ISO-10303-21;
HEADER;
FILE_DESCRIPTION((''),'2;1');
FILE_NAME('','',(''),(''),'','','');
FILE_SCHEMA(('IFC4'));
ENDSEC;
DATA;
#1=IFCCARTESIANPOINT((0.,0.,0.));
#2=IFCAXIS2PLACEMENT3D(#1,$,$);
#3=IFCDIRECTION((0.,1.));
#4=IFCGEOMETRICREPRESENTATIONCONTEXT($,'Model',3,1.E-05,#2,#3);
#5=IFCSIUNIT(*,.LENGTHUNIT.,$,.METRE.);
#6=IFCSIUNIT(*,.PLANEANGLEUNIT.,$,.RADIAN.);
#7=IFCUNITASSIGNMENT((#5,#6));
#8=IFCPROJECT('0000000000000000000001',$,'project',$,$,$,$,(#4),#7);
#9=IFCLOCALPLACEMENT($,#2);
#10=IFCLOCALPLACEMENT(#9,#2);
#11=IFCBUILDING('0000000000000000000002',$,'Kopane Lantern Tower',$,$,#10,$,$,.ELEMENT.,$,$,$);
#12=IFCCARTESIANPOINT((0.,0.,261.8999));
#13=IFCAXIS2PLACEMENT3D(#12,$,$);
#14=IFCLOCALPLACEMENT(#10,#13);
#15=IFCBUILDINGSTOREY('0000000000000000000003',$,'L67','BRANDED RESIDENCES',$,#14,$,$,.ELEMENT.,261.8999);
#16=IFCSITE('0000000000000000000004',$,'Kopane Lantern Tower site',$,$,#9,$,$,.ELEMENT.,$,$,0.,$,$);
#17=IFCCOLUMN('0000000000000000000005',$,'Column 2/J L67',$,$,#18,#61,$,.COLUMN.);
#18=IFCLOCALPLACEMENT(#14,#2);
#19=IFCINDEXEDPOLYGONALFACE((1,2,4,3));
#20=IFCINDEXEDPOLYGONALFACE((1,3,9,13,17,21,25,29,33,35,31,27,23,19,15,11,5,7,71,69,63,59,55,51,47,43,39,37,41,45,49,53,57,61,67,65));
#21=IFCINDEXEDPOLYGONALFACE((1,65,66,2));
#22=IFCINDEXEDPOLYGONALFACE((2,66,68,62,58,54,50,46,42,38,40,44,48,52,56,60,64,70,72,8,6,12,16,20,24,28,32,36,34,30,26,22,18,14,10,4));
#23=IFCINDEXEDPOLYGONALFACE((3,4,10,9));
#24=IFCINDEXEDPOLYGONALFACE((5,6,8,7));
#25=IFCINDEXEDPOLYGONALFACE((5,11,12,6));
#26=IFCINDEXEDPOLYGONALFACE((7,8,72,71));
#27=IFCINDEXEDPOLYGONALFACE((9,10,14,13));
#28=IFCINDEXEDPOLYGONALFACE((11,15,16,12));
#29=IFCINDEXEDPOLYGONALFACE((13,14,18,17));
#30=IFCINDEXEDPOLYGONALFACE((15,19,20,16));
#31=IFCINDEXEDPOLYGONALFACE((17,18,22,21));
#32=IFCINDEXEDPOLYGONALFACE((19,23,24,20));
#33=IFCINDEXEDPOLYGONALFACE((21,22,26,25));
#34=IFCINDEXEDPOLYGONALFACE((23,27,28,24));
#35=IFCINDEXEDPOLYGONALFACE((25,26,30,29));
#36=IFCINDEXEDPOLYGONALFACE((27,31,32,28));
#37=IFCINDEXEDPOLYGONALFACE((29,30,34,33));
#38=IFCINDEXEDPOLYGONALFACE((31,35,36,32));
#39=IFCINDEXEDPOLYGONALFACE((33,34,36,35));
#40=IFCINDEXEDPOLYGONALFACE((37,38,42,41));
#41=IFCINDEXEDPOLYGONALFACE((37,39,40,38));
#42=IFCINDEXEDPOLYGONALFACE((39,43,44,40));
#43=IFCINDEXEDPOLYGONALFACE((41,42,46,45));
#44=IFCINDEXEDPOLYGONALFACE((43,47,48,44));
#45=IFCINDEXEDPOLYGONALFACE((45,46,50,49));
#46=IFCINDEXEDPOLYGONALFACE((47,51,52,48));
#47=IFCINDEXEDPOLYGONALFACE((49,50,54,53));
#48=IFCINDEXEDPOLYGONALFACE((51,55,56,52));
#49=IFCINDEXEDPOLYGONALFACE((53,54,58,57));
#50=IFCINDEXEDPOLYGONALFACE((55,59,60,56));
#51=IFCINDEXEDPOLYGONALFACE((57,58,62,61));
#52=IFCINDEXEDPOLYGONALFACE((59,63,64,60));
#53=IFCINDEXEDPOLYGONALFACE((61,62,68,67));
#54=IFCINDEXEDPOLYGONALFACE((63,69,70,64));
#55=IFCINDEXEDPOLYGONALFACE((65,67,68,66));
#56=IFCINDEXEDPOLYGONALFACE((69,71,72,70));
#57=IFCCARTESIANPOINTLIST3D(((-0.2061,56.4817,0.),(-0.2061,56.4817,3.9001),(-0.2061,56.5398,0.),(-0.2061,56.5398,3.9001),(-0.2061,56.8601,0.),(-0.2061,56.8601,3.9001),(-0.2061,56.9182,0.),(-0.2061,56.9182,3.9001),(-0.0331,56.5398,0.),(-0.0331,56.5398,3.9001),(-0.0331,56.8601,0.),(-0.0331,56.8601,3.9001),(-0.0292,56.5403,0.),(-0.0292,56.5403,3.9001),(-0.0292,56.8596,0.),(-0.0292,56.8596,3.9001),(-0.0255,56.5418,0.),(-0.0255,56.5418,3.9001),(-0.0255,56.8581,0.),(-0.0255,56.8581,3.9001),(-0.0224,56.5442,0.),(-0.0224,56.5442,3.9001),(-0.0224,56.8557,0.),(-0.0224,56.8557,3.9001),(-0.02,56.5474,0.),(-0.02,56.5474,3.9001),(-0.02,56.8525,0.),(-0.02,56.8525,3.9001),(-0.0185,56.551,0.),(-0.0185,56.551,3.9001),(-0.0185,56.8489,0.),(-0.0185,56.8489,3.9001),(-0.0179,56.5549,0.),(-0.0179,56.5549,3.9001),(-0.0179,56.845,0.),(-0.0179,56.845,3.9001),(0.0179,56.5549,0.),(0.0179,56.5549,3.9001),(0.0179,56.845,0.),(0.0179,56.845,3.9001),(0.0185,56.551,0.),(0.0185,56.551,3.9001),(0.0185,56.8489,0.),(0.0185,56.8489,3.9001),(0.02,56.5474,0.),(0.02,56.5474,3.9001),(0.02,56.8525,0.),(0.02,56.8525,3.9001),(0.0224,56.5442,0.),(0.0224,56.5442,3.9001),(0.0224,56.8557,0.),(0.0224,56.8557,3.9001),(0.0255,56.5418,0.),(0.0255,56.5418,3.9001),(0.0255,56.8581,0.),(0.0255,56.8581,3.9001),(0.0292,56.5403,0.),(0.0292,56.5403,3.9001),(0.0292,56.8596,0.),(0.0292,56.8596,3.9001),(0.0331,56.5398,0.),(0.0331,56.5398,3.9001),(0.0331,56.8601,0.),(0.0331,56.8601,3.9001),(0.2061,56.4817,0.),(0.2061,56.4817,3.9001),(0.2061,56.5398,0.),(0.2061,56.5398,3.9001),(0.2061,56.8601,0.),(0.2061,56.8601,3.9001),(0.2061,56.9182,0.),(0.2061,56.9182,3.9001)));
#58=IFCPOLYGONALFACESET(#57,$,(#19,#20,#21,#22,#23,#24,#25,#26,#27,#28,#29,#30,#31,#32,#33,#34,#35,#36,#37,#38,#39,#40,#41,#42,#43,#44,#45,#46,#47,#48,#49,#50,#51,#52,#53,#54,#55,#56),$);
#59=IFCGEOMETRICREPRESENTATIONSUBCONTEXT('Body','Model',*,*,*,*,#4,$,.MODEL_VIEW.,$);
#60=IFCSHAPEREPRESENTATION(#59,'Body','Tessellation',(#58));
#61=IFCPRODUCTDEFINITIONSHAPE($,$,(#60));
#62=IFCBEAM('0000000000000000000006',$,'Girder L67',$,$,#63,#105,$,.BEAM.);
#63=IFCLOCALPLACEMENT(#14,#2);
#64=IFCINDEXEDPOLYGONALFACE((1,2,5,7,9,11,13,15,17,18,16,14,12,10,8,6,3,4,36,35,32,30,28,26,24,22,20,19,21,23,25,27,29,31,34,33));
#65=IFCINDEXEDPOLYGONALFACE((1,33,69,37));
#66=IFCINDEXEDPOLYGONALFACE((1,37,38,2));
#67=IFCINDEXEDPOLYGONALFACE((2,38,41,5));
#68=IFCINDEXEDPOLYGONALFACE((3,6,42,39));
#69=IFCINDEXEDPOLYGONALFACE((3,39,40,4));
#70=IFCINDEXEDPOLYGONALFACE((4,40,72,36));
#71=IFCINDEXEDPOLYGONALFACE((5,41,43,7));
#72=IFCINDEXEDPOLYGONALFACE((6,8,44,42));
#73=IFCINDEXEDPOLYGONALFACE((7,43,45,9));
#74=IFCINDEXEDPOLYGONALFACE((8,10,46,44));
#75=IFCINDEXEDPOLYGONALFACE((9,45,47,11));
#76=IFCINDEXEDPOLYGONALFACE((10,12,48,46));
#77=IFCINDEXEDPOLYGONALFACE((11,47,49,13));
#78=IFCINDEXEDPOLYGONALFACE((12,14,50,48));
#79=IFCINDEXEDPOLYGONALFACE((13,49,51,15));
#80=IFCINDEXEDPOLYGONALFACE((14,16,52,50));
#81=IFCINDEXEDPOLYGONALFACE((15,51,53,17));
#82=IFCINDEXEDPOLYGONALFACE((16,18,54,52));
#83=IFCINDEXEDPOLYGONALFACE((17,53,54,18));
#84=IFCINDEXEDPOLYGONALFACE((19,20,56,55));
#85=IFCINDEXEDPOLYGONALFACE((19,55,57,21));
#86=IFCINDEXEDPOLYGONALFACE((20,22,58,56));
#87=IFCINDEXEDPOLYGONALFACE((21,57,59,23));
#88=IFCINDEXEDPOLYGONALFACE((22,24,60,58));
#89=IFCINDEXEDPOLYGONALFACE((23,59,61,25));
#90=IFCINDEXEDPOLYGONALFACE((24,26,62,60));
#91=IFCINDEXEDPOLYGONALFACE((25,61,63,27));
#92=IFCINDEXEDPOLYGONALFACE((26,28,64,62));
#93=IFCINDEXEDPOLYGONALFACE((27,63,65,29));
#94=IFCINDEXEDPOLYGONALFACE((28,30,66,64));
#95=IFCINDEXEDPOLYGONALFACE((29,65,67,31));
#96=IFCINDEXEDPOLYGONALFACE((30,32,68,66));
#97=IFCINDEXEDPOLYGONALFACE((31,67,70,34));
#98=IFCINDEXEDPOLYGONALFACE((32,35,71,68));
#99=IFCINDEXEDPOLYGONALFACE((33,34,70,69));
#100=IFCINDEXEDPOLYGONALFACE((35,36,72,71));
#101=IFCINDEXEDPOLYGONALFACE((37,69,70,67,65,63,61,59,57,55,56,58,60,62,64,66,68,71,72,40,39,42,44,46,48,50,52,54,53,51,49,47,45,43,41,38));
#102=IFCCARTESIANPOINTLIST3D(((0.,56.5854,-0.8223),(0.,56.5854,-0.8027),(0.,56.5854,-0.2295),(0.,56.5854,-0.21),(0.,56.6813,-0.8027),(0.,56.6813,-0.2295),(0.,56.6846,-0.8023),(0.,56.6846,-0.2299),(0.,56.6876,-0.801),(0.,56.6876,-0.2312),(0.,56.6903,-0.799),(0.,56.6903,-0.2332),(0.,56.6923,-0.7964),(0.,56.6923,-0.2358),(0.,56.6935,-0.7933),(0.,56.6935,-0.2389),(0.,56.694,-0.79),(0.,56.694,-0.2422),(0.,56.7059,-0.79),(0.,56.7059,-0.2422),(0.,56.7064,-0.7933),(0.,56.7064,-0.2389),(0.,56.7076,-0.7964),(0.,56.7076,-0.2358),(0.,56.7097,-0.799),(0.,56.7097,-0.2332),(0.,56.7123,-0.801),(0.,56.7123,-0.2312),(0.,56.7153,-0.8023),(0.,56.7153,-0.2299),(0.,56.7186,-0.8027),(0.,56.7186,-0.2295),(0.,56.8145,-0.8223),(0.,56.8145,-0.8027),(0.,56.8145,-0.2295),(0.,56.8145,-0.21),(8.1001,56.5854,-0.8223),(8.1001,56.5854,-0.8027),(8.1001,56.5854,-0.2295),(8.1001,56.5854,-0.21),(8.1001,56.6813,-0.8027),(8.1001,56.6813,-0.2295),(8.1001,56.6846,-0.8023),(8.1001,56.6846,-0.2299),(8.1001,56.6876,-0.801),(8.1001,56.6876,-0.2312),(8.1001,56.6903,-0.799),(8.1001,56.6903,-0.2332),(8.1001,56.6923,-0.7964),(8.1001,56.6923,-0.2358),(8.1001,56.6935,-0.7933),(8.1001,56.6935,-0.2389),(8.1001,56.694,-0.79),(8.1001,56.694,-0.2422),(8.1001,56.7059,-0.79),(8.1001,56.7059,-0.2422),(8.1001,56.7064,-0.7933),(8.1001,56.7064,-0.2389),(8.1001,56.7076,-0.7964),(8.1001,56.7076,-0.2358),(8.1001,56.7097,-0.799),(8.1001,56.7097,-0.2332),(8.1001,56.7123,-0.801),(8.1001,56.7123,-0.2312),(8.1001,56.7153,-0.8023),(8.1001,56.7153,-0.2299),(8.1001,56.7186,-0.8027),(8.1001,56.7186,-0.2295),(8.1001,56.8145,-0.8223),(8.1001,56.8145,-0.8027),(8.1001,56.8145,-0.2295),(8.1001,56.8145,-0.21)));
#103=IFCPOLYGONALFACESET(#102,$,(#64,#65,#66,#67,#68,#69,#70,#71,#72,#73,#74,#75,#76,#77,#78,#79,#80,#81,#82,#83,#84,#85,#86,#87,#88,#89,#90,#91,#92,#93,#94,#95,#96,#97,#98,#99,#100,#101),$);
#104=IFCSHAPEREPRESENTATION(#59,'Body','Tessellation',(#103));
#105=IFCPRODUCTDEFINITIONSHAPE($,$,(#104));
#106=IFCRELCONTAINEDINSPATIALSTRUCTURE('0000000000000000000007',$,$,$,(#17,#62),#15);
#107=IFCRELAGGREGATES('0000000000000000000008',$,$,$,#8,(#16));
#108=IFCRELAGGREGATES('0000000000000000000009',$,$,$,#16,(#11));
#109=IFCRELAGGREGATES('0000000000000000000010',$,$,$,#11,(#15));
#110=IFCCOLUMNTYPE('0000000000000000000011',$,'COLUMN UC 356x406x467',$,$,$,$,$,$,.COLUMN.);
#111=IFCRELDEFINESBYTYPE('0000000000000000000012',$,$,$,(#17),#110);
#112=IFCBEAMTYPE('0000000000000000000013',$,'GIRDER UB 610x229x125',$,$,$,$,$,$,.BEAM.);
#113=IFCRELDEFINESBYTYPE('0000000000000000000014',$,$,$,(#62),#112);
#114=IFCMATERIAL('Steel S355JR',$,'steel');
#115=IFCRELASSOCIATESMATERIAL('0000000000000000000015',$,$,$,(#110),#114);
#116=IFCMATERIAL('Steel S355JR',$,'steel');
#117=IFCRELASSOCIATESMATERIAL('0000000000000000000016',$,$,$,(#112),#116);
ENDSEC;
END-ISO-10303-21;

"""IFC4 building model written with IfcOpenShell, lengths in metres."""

from ifc_helpers import new_model, si_unit, direction, frame, origin, origin_2d, place, context, subcontext, project, spatial, i_section, extrude, material, material_profile, profile_set, type_object, element, save


model = new_model("IFC4")

# Units and contexts
model_context = context("Model", 3, precision=1e-05, world=origin(), true_north=direction((0.0, 1.0)))
body_context = subcontext(model_context, "Body", "Model", "MODEL_VIEW")
ifc_project = project(units=[si_unit("LENGTHUNIT", "METRE"), si_unit("PLANEANGLEUNIT", "RADIAN")], contexts=[model_context])

# Site, building, storey
site_placement = place(None, origin())
site = spatial("IfcSite", under=ifc_project, at=site_placement, Name="Kopane Lantern Tower site", CompositionType="ELEMENT", RefElevation=0.0)
building_placement = place(site_placement, origin())
building = spatial("IfcBuilding", under=site, at=building_placement, Name="Kopane Lantern Tower", CompositionType="ELEMENT")
storey_placement = place(building_placement, frame((0.0, 0.0, 261.8999)))
storey = spatial("IfcBuildingStorey", under=building, at=storey_placement, Name="L67", Description="BRANDED RESIDENCES", CompositionType="ELEMENT", Elevation=261.8999)

# Column
ifc_material_1 = material(Name="Steel S355JR", Category="steel")
ifc_material_profile_1 = material_profile(ifc_material_1, i_section(OverallWidth=0.4121, OverallDepth=0.4365, WebThickness=0.0359, FlangeThickness=0.0581, FilletRadius=0.0151, at=origin_2d()), Name="UC 356x406x467")
ifc_profile_set_1 = profile_set([ifc_material_profile_1], Name="Steel S355JR")
column_type = type_object("IfcColumnType", Name="COLUMN UC 356x406x467", PredefinedType="COLUMN", material=ifc_profile_set_1)
column_placement = place(storey_placement, frame((0.0, 56.7, 0.0), z_axis=(0.0, 0.0, 1.0), x_axis=(1.0, 0.0, 0.0)))
element("IfcColumn", 1, at=column_placement, inside=storey, type_object=column_type, Name="Column 2/J L67", PredefinedType="COLUMN", context=body_context, shape_type="SweptSolid", body=[
    extrude(i_section(OverallWidth=0.4121, OverallDepth=0.4365, WebThickness=0.0359, FlangeThickness=0.0581, FilletRadius=0.0151, at=origin_2d()), origin(), (0.0, 0.0, 1.0), 3.9001),
])

# Beam
ifc_material_2 = material(Name="Steel S355JR", Category="steel")
ifc_material_profile_2 = material_profile(ifc_material_2, i_section(OverallWidth=0.229, OverallDepth=0.6123, WebThickness=0.012, FlangeThickness=0.0195, FilletRadius=0.0127, at=origin_2d()), Name="UB 610x229x125")
ifc_profile_set_2 = profile_set([ifc_material_profile_2], Name="Steel S355JR")
beam_type = type_object("IfcBeamType", Name="GIRDER UB 610x229x125", PredefinedType="BEAM", material=ifc_profile_set_2)
beam_placement = place(storey_placement, frame((0.0, 56.7, -0.5161), z_axis=(1.0, 0.0, 0.0), x_axis=(0.0, 1.0, 0.0)))
element("IfcBeam", 2, at=beam_placement, inside=storey, type_object=beam_type, Name="Girder L67", PredefinedType="BEAM", context=body_context, shape_type="SweptSolid", body=[
    extrude(i_section(OverallWidth=0.229, OverallDepth=0.6123, WebThickness=0.012, FlangeThickness=0.0195, FilletRadius=0.0127, at=origin_2d()), origin(), (0.0, 0.0, 1.0), 8.1001),
])

save(model, "model.ifc")
